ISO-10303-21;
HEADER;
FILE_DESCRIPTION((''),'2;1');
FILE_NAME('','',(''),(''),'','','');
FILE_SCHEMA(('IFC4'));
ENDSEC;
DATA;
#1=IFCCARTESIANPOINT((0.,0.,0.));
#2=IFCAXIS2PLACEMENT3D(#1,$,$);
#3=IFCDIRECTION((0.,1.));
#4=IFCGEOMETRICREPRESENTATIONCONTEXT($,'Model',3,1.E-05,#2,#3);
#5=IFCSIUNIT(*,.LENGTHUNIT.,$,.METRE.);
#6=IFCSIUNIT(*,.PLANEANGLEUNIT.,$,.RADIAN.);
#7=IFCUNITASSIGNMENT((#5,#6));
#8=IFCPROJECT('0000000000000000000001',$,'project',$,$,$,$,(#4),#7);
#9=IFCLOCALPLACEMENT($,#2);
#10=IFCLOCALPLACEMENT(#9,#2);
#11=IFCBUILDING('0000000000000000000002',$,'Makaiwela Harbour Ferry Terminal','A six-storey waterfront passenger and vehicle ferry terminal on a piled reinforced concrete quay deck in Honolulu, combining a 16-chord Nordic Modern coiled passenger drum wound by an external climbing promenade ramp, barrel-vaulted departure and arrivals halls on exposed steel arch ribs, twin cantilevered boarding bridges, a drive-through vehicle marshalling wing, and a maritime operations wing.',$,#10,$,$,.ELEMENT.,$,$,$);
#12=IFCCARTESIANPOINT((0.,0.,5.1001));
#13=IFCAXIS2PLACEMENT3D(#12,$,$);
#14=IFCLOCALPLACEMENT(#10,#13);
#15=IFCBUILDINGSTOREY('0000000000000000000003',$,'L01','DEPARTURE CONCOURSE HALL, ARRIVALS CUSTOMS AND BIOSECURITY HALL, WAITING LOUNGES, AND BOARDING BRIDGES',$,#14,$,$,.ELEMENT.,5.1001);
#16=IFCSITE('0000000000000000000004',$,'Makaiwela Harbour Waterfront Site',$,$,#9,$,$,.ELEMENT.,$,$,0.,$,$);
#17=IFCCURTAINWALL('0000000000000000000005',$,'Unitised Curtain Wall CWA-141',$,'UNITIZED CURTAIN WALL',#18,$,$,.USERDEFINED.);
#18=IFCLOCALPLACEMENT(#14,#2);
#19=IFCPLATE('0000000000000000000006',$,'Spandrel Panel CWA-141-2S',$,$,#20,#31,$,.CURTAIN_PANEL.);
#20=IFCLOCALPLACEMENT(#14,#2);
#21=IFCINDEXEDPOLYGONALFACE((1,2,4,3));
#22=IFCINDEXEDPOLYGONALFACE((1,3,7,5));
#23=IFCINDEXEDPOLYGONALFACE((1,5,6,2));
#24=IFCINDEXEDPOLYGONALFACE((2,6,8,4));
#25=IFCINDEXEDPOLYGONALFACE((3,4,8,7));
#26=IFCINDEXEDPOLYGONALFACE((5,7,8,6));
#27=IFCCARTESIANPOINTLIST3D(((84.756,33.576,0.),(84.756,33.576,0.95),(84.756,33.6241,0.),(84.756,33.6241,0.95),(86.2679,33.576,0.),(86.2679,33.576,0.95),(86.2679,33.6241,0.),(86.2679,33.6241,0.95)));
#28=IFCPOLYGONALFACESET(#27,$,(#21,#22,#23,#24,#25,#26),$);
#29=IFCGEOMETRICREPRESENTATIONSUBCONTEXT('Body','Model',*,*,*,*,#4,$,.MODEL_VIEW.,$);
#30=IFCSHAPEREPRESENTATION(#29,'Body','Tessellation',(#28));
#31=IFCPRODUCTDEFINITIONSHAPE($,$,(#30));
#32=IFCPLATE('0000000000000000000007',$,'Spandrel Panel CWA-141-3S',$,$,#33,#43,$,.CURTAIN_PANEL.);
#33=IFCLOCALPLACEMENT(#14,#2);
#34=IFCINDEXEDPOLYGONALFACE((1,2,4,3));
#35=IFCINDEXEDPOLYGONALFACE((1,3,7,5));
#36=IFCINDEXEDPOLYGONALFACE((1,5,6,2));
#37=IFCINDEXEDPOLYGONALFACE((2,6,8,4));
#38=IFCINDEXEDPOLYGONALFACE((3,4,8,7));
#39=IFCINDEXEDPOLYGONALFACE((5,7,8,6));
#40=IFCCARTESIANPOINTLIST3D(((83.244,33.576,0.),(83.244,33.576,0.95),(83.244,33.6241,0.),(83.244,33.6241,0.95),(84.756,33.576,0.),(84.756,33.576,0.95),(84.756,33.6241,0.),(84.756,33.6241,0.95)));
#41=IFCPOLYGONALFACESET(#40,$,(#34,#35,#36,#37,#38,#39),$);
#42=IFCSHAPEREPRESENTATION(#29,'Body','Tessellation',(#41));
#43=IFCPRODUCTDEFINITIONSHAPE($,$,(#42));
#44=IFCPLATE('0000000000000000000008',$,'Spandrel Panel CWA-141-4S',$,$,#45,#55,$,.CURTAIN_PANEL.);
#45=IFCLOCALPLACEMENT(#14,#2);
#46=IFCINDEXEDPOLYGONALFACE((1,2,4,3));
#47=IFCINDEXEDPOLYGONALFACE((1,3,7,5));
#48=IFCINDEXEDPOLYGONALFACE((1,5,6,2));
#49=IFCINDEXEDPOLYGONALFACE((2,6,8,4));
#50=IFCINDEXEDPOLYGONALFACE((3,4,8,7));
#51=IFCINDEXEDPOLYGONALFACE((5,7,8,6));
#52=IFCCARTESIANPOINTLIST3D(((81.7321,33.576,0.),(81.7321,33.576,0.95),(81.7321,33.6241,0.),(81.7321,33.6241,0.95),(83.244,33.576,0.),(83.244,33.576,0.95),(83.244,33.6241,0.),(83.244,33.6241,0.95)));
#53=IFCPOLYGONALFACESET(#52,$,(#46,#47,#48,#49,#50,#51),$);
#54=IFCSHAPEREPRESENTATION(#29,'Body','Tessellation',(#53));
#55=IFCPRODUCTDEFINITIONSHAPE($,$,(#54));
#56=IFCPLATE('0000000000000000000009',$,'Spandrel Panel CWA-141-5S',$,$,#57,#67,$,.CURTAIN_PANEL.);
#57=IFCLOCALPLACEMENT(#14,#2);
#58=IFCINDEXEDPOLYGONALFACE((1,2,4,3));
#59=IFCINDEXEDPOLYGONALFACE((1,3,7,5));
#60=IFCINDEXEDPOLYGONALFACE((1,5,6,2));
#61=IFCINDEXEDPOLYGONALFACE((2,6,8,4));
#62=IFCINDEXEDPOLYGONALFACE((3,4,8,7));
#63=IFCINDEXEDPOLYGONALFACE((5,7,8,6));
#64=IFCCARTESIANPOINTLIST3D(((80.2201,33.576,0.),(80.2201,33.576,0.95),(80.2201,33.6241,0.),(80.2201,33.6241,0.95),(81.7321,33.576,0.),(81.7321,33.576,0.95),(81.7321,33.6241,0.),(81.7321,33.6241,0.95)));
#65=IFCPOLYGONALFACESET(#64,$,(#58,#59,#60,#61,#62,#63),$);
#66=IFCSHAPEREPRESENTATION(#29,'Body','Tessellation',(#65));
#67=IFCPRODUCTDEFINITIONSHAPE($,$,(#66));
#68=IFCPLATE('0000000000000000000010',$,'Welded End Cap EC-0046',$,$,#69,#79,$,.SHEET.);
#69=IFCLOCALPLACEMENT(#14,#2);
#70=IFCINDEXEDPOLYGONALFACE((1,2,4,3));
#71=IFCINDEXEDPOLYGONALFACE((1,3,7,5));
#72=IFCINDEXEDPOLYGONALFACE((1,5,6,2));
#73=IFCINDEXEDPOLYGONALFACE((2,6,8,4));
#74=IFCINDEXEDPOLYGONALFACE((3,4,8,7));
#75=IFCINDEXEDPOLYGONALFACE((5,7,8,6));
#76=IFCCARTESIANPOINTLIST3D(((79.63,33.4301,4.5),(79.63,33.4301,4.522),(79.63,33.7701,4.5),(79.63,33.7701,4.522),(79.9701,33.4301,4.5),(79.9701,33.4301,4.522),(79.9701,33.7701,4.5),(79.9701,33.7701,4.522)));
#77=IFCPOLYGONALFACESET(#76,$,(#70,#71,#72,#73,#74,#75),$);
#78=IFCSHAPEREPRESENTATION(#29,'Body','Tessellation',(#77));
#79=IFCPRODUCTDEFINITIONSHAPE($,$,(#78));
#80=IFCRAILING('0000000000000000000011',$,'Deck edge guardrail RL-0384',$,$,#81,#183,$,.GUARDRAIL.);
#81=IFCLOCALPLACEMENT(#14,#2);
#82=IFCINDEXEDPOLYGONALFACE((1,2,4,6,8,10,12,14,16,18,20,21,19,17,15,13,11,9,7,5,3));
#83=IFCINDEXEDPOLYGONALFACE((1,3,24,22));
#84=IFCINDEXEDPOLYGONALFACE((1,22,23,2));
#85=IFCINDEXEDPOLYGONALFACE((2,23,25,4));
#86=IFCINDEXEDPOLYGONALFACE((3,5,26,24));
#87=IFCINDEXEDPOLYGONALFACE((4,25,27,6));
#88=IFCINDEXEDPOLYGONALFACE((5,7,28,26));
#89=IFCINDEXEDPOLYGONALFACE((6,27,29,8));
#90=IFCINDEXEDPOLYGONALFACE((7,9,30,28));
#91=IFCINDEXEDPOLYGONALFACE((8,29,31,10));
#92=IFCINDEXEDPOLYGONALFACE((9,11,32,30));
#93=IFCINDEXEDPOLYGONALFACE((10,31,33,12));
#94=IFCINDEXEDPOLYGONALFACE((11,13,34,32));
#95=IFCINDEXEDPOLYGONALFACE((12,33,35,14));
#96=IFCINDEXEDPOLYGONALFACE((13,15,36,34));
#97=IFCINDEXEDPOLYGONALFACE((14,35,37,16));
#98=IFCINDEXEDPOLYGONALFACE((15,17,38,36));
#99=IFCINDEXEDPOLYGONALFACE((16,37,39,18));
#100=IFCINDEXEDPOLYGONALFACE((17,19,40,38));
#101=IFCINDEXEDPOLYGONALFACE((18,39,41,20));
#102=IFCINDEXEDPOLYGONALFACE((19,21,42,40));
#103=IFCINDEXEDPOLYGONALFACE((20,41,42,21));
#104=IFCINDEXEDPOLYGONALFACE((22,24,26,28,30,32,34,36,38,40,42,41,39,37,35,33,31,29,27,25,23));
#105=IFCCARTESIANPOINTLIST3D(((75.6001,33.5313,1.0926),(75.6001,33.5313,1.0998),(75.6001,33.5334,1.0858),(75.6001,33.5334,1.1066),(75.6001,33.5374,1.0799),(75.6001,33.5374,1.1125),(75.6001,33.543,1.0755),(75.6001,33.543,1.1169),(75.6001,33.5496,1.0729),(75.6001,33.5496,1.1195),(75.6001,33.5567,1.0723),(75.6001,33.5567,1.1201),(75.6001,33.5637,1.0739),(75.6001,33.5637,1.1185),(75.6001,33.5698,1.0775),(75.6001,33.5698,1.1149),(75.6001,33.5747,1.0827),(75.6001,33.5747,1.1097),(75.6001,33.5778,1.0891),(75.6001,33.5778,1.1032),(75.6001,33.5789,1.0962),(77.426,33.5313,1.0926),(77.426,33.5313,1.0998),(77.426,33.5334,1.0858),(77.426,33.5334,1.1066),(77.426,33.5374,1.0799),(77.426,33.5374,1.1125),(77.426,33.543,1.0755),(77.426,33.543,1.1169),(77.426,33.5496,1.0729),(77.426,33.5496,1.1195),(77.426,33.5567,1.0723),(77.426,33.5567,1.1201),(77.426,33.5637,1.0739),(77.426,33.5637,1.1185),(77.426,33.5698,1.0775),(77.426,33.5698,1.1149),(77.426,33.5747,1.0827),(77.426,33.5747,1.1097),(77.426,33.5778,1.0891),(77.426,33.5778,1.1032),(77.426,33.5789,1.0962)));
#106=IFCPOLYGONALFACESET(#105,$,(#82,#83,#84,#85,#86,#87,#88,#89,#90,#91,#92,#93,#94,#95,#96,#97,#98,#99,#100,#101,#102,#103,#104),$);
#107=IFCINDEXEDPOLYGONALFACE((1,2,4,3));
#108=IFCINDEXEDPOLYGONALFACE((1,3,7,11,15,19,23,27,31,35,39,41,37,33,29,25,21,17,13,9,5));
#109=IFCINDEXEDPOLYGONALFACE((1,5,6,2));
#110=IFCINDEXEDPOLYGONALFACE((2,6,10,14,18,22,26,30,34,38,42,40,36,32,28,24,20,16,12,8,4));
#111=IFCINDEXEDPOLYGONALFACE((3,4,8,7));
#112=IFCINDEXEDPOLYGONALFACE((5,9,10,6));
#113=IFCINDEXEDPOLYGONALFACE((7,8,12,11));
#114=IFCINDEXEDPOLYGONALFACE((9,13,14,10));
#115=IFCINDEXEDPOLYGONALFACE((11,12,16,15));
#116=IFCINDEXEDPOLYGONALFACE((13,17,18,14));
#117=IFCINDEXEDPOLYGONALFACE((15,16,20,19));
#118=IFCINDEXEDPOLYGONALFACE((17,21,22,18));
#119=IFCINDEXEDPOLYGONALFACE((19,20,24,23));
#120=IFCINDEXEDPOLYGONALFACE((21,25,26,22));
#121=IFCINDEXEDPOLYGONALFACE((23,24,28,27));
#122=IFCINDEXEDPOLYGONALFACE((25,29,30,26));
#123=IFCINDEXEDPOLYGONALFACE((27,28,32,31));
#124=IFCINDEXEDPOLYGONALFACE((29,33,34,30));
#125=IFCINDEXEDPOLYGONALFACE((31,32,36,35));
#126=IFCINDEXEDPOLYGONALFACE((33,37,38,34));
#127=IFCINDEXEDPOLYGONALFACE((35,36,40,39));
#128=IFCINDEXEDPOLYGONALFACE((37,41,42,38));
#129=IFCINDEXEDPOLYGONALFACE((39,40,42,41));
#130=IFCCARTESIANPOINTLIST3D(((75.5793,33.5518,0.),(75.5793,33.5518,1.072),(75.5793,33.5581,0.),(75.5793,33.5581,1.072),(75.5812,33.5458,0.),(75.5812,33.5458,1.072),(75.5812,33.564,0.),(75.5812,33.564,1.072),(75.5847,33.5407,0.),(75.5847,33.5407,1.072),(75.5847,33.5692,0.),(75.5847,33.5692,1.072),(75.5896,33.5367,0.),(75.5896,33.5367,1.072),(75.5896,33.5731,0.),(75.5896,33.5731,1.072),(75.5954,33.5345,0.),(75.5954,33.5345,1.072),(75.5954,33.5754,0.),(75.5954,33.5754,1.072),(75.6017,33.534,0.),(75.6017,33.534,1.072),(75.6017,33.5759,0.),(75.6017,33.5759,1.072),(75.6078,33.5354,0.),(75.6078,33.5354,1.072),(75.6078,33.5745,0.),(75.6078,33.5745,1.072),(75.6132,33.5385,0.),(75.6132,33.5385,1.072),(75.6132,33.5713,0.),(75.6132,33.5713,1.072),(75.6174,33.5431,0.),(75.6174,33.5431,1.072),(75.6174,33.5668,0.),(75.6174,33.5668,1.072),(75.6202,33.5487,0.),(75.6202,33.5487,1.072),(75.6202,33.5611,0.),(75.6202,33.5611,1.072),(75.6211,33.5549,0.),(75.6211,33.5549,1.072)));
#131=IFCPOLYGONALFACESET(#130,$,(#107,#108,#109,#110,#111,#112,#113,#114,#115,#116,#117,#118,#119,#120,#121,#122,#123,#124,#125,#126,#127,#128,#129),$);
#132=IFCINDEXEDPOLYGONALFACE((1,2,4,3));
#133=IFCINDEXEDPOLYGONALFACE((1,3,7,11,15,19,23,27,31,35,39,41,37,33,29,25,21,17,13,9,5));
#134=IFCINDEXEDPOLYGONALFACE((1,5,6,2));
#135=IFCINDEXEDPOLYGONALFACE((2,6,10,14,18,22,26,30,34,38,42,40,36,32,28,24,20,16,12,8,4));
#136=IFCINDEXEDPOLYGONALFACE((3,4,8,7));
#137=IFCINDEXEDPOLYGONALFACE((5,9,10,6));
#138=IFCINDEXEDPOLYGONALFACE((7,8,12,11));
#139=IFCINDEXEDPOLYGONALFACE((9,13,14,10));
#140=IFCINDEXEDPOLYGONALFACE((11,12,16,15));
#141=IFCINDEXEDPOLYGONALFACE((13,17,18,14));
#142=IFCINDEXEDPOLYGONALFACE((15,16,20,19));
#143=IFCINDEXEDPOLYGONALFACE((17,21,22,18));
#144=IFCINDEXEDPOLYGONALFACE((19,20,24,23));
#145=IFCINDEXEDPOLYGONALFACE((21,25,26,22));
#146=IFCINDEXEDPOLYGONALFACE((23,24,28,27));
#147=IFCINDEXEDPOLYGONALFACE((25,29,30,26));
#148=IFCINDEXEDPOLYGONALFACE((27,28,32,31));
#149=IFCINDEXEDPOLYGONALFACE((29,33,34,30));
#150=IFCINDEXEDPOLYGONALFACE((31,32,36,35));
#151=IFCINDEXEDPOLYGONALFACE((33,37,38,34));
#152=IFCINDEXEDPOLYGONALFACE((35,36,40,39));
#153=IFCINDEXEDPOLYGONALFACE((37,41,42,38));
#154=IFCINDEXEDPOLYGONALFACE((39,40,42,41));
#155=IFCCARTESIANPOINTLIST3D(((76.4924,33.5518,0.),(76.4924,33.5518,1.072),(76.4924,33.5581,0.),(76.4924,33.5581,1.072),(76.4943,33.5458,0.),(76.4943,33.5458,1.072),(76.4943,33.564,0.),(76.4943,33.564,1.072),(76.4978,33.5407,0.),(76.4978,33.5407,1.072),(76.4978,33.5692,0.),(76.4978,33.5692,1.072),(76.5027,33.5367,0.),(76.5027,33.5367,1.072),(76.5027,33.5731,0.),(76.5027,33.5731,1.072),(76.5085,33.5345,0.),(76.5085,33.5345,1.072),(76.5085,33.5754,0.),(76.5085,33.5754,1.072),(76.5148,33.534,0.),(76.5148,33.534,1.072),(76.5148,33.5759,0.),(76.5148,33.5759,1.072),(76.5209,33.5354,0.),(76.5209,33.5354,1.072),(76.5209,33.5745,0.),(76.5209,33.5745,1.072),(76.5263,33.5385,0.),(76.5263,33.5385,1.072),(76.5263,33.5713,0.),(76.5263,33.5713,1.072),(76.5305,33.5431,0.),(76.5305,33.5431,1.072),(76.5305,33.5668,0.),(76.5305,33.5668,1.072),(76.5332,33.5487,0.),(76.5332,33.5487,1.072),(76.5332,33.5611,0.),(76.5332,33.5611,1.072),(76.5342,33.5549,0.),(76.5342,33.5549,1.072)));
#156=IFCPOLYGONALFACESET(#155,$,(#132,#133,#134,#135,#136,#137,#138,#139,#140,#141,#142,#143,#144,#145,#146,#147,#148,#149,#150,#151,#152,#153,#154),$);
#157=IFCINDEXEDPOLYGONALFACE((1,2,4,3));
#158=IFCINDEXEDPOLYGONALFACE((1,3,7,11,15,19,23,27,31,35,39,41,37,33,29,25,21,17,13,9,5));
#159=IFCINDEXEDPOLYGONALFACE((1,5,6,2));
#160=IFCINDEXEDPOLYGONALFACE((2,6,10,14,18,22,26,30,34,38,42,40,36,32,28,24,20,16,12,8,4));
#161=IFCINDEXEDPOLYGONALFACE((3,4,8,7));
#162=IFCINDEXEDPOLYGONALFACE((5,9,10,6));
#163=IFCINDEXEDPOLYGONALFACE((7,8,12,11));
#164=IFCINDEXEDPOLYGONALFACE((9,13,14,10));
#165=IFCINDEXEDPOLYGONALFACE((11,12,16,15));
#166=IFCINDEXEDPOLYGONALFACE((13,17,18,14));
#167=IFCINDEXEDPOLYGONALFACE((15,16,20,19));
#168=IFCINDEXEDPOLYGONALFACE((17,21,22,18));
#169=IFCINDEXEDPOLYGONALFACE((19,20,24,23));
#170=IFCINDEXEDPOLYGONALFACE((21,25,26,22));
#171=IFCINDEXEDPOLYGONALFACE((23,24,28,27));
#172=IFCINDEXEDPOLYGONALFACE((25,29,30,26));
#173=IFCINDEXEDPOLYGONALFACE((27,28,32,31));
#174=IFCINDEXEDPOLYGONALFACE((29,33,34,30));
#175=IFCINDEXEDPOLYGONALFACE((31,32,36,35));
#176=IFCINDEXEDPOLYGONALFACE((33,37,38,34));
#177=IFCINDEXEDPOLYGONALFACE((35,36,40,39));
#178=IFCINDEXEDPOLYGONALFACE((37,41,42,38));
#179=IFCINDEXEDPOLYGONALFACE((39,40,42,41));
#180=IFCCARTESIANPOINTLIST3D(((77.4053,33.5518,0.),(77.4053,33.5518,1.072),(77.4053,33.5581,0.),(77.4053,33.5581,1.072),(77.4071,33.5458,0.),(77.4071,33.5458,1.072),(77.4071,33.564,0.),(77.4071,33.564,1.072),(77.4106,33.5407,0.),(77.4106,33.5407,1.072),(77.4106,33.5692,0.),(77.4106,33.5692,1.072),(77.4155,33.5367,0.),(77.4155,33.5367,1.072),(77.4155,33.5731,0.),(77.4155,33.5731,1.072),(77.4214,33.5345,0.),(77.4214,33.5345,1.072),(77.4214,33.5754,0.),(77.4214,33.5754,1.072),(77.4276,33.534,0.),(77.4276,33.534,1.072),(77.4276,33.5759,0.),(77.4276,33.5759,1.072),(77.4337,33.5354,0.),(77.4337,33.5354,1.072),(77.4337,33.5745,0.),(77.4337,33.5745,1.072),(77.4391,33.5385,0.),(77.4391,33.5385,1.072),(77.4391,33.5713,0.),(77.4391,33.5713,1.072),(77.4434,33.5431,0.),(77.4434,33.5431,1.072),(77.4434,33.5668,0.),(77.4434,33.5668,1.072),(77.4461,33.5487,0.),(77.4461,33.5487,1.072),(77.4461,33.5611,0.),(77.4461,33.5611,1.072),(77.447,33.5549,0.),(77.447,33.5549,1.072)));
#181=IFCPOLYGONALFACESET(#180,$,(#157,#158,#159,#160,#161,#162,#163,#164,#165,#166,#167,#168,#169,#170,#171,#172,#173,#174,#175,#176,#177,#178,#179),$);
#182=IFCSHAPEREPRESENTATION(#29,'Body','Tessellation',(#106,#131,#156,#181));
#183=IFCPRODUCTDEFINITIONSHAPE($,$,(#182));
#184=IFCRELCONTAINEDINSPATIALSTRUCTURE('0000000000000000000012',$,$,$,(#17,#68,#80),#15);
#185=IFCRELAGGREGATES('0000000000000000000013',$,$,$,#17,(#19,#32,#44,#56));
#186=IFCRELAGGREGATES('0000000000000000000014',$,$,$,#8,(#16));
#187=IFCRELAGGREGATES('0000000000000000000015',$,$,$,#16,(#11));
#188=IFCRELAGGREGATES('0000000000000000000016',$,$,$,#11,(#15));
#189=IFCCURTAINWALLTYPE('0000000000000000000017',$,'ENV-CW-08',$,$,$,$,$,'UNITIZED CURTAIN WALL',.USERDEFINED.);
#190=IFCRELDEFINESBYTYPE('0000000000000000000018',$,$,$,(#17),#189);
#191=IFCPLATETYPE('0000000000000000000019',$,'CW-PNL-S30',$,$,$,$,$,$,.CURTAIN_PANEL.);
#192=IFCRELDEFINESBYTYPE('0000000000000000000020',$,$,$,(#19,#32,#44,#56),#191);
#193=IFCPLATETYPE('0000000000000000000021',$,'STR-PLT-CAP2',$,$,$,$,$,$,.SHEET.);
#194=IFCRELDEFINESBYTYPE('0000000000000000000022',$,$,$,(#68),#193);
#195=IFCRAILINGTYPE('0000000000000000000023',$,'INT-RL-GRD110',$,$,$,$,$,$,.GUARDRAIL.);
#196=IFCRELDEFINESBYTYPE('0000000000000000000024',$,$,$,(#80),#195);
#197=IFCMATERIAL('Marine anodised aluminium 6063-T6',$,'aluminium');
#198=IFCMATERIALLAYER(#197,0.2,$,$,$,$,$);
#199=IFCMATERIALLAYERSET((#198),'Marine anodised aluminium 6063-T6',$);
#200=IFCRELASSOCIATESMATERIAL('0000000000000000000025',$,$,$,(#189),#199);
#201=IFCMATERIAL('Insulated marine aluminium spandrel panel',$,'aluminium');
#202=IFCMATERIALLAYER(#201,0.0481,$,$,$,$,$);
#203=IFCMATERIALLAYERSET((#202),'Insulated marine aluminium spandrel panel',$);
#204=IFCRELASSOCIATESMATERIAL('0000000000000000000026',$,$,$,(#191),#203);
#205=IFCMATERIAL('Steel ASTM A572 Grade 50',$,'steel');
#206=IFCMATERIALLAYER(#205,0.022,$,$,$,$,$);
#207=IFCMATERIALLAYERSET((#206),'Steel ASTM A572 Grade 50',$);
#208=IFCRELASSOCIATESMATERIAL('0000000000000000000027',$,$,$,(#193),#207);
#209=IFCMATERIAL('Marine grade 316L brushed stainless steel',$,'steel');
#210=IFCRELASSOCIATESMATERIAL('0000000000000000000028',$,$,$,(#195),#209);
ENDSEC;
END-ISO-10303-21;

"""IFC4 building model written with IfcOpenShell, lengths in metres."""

from ifc_helpers import new_model, si_unit, direction, frame, origin, origin_2d, place, context, subcontext, project, spatial, rectangle, circle, extrude, material, layer, layer_set, type_object, element, aggregate, save


model = new_model("IFC4")

# Units and contexts
model_context = context("Model", 3, precision=1e-05, world=origin(), true_north=direction((0.0, 1.0)))
body_context = subcontext(model_context, "Body", "Model", "MODEL_VIEW")
ifc_project = project(units=[si_unit("LENGTHUNIT", "METRE"), si_unit("PLANEANGLEUNIT", "RADIAN")], contexts=[model_context])

# Site, building, storey
site_placement = place(None, origin())
site = spatial("IfcSite", under=ifc_project, at=site_placement, Name="Makaiwela Harbour Waterfront Site", CompositionType="ELEMENT", RefElevation=0.0)
building_placement = place(site_placement, origin())
building = spatial("IfcBuilding", under=site, at=building_placement, Name="Makaiwela Harbour Ferry Terminal", Description="A six-storey waterfront passenger and vehicle ferry terminal on a piled reinforced concrete quay deck in Honolulu, combining a 16-chord Nordic Modern coiled passenger drum wound by an external climbing promenade ramp, barrel-vaulted departure and arrivals halls on exposed steel arch ribs, twin cantilevered boarding bridges, a drive-through vehicle marshalling wing, and a maritime operations wing.", CompositionType="ELEMENT")
storey_placement = place(building_placement, frame((0.0, 0.0, 5.1001)))
storey = spatial("IfcBuildingStorey", under=building, at=storey_placement, Name="L01", Description="DEPARTURE CONCOURSE HALL, ARRIVALS CUSTOMS AND BIOSECURITY HALL, WAITING LOUNGES, AND BOARDING BRIDGES", CompositionType="ELEMENT", Elevation=5.1001)

# Curtain wall
ifc_material_1 = material(Name="Marine anodised aluminium 6063-T6", Category="aluminium")
ifc_layer_1 = layer(ifc_material_1, 0.2)
ifc_layer_set_1 = layer_set([ifc_layer_1], Name="Marine anodised aluminium 6063-T6")
curtain_wall_type = type_object("IfcCurtainWallType", Name="ENV-CW-08", ElementType="UNITIZED CURTAIN WALL", PredefinedType="USERDEFINED", material=ifc_layer_set_1)
curtain_wall_placement = place(storey_placement, origin())
curtain_wall = element("IfcCurtainWall", 1, at=curtain_wall_placement, inside=storey, type_object=curtain_wall_type, Name="Unitised Curtain Wall CWA-141", ObjectType="UNITIZED CURTAIN WALL", PredefinedType="USERDEFINED")

# Plates
ifc_material_2 = material(Name="Insulated marine aluminium spandrel panel", Category="aluminium")
ifc_layer_2 = layer(ifc_material_2, 0.0481)
ifc_layer_set_2 = layer_set([ifc_layer_2], Name="Insulated marine aluminium spandrel panel")
plate_type_1 = type_object("IfcPlateType", Name="CW-PNL-S30", PredefinedType="CURTAIN_PANEL", material=ifc_layer_set_2)
plate_1_placement = place(storey_placement, frame((85.512, 33.6001, 0.0), z_axis=(0.0, 0.0, 1.0), x_axis=(-1.0, 0.0, 0.0)))
plate_1 = element("IfcPlate", 2, at=plate_1_placement, type_object=plate_type_1, Name="Spandrel Panel CWA-141-2S", PredefinedType="CURTAIN_PANEL", context=body_context, shape_type="SweptSolid", body=[
    extrude(rectangle(XDim=1.512, YDim=0.0481, at=origin_2d()), origin(), (0.0, 0.0, 1.0), 0.95),
])
plate_2_placement = place(storey_placement, frame((84.0, 33.6001, 0.0), z_axis=(0.0, 0.0, 1.0), x_axis=(-1.0, 0.0, 0.0)))
plate_2 = element("IfcPlate", 3, at=plate_2_placement, type_object=plate_type_1, Name="Spandrel Panel CWA-141-3S", PredefinedType="CURTAIN_PANEL", context=body_context, shape_type="SweptSolid", body=[
    extrude(rectangle(XDim=1.512, YDim=0.0481, at=origin_2d()), origin(), (0.0, 0.0, 1.0), 0.95),
])
plate_3_placement = place(storey_placement, frame((82.488, 33.6001, 0.0), z_axis=(0.0, 0.0, 1.0), x_axis=(-1.0, 0.0, 0.0)))
plate_3 = element("IfcPlate", 4, at=plate_3_placement, type_object=plate_type_1, Name="Spandrel Panel CWA-141-4S", PredefinedType="CURTAIN_PANEL", context=body_context, shape_type="SweptSolid", body=[
    extrude(rectangle(XDim=1.512, YDim=0.0481, at=origin_2d()), origin(), (0.0, 0.0, 1.0), 0.95),
])
plate_4_placement = place(storey_placement, frame((80.9761, 33.6001, 0.0), z_axis=(0.0, 0.0, 1.0), x_axis=(-1.0, 0.0, 0.0)))
plate_4 = element("IfcPlate", 5, at=plate_4_placement, type_object=plate_type_1, Name="Spandrel Panel CWA-141-5S", PredefinedType="CURTAIN_PANEL", context=body_context, shape_type="SweptSolid", body=[
    extrude(rectangle(XDim=1.512, YDim=0.0481, at=origin_2d()), origin(), (0.0, 0.0, 1.0), 0.95),
])
aggregate(curtain_wall, [plate_1, plate_2, plate_3, plate_4])
ifc_material_3 = material(Name="Steel ASTM A572 Grade 50", Category="steel")
ifc_layer_3 = layer(ifc_material_3, 0.022)
ifc_layer_set_3 = layer_set([ifc_layer_3], Name="Steel ASTM A572 Grade 50")
plate_type_2 = type_object("IfcPlateType", Name="STR-PLT-CAP2", PredefinedType="SHEET", material=ifc_layer_set_3)
plate_5_placement = place(storey_placement, frame((79.8, 33.6001, 4.5), z_axis=(0.0, 0.0, 1.0), x_axis=(1.0, 0.0, 0.0)))
element("IfcPlate", 6, at=plate_5_placement, inside=storey, type_object=plate_type_2, Name="Welded End Cap EC-0046", PredefinedType="SHEET", context=body_context, shape_type="SweptSolid", body=[
    extrude(rectangle(XDim=0.3401, YDim=0.3401, at=origin_2d()), origin(), (0.0, 0.0, 1.0), 0.022),
])

# Railing
ifc_material_4 = material(Name="Marine grade 316L brushed stainless steel", Category="steel")
railing_type = type_object("IfcRailingType", Name="INT-RL-GRD110", PredefinedType="GUARDRAIL", material=ifc_material_4)
railing_1_placement = place(storey_placement, frame((75.6001, 33.5549, 0.0)))
element("IfcRailing", 7, at=railing_1_placement, inside=storey, type_object=railing_type, Name="Deck edge guardrail RL-0384", PredefinedType="GUARDRAIL", context=body_context, shape_type="SweptSolid", body=[
    extrude(circle(Radius=0.0239, at=origin_2d()), frame((0.0, 0.0, 1.0962), z_axis=(1.0, 0.0, 0.0), x_axis=(0.0, 1.0, 0.0)), (0.0, 0.0, 1.0), 1.8259),
    extrude(circle(Radius=0.021, at=origin_2d()), origin(), (0.0, 0.0, 1.0), 1.072),
    extrude(circle(Radius=0.021, at=origin_2d()), frame((0.9131, 0.0, 0.0)), (0.0, 0.0, 1.0), 1.072),
    extrude(circle(Radius=0.021, at=origin_2d()), frame((1.8259, 0.0, 0.0)), (0.0, 0.0, 1.0), 1.072),
])

save(model, "model.ifc")
